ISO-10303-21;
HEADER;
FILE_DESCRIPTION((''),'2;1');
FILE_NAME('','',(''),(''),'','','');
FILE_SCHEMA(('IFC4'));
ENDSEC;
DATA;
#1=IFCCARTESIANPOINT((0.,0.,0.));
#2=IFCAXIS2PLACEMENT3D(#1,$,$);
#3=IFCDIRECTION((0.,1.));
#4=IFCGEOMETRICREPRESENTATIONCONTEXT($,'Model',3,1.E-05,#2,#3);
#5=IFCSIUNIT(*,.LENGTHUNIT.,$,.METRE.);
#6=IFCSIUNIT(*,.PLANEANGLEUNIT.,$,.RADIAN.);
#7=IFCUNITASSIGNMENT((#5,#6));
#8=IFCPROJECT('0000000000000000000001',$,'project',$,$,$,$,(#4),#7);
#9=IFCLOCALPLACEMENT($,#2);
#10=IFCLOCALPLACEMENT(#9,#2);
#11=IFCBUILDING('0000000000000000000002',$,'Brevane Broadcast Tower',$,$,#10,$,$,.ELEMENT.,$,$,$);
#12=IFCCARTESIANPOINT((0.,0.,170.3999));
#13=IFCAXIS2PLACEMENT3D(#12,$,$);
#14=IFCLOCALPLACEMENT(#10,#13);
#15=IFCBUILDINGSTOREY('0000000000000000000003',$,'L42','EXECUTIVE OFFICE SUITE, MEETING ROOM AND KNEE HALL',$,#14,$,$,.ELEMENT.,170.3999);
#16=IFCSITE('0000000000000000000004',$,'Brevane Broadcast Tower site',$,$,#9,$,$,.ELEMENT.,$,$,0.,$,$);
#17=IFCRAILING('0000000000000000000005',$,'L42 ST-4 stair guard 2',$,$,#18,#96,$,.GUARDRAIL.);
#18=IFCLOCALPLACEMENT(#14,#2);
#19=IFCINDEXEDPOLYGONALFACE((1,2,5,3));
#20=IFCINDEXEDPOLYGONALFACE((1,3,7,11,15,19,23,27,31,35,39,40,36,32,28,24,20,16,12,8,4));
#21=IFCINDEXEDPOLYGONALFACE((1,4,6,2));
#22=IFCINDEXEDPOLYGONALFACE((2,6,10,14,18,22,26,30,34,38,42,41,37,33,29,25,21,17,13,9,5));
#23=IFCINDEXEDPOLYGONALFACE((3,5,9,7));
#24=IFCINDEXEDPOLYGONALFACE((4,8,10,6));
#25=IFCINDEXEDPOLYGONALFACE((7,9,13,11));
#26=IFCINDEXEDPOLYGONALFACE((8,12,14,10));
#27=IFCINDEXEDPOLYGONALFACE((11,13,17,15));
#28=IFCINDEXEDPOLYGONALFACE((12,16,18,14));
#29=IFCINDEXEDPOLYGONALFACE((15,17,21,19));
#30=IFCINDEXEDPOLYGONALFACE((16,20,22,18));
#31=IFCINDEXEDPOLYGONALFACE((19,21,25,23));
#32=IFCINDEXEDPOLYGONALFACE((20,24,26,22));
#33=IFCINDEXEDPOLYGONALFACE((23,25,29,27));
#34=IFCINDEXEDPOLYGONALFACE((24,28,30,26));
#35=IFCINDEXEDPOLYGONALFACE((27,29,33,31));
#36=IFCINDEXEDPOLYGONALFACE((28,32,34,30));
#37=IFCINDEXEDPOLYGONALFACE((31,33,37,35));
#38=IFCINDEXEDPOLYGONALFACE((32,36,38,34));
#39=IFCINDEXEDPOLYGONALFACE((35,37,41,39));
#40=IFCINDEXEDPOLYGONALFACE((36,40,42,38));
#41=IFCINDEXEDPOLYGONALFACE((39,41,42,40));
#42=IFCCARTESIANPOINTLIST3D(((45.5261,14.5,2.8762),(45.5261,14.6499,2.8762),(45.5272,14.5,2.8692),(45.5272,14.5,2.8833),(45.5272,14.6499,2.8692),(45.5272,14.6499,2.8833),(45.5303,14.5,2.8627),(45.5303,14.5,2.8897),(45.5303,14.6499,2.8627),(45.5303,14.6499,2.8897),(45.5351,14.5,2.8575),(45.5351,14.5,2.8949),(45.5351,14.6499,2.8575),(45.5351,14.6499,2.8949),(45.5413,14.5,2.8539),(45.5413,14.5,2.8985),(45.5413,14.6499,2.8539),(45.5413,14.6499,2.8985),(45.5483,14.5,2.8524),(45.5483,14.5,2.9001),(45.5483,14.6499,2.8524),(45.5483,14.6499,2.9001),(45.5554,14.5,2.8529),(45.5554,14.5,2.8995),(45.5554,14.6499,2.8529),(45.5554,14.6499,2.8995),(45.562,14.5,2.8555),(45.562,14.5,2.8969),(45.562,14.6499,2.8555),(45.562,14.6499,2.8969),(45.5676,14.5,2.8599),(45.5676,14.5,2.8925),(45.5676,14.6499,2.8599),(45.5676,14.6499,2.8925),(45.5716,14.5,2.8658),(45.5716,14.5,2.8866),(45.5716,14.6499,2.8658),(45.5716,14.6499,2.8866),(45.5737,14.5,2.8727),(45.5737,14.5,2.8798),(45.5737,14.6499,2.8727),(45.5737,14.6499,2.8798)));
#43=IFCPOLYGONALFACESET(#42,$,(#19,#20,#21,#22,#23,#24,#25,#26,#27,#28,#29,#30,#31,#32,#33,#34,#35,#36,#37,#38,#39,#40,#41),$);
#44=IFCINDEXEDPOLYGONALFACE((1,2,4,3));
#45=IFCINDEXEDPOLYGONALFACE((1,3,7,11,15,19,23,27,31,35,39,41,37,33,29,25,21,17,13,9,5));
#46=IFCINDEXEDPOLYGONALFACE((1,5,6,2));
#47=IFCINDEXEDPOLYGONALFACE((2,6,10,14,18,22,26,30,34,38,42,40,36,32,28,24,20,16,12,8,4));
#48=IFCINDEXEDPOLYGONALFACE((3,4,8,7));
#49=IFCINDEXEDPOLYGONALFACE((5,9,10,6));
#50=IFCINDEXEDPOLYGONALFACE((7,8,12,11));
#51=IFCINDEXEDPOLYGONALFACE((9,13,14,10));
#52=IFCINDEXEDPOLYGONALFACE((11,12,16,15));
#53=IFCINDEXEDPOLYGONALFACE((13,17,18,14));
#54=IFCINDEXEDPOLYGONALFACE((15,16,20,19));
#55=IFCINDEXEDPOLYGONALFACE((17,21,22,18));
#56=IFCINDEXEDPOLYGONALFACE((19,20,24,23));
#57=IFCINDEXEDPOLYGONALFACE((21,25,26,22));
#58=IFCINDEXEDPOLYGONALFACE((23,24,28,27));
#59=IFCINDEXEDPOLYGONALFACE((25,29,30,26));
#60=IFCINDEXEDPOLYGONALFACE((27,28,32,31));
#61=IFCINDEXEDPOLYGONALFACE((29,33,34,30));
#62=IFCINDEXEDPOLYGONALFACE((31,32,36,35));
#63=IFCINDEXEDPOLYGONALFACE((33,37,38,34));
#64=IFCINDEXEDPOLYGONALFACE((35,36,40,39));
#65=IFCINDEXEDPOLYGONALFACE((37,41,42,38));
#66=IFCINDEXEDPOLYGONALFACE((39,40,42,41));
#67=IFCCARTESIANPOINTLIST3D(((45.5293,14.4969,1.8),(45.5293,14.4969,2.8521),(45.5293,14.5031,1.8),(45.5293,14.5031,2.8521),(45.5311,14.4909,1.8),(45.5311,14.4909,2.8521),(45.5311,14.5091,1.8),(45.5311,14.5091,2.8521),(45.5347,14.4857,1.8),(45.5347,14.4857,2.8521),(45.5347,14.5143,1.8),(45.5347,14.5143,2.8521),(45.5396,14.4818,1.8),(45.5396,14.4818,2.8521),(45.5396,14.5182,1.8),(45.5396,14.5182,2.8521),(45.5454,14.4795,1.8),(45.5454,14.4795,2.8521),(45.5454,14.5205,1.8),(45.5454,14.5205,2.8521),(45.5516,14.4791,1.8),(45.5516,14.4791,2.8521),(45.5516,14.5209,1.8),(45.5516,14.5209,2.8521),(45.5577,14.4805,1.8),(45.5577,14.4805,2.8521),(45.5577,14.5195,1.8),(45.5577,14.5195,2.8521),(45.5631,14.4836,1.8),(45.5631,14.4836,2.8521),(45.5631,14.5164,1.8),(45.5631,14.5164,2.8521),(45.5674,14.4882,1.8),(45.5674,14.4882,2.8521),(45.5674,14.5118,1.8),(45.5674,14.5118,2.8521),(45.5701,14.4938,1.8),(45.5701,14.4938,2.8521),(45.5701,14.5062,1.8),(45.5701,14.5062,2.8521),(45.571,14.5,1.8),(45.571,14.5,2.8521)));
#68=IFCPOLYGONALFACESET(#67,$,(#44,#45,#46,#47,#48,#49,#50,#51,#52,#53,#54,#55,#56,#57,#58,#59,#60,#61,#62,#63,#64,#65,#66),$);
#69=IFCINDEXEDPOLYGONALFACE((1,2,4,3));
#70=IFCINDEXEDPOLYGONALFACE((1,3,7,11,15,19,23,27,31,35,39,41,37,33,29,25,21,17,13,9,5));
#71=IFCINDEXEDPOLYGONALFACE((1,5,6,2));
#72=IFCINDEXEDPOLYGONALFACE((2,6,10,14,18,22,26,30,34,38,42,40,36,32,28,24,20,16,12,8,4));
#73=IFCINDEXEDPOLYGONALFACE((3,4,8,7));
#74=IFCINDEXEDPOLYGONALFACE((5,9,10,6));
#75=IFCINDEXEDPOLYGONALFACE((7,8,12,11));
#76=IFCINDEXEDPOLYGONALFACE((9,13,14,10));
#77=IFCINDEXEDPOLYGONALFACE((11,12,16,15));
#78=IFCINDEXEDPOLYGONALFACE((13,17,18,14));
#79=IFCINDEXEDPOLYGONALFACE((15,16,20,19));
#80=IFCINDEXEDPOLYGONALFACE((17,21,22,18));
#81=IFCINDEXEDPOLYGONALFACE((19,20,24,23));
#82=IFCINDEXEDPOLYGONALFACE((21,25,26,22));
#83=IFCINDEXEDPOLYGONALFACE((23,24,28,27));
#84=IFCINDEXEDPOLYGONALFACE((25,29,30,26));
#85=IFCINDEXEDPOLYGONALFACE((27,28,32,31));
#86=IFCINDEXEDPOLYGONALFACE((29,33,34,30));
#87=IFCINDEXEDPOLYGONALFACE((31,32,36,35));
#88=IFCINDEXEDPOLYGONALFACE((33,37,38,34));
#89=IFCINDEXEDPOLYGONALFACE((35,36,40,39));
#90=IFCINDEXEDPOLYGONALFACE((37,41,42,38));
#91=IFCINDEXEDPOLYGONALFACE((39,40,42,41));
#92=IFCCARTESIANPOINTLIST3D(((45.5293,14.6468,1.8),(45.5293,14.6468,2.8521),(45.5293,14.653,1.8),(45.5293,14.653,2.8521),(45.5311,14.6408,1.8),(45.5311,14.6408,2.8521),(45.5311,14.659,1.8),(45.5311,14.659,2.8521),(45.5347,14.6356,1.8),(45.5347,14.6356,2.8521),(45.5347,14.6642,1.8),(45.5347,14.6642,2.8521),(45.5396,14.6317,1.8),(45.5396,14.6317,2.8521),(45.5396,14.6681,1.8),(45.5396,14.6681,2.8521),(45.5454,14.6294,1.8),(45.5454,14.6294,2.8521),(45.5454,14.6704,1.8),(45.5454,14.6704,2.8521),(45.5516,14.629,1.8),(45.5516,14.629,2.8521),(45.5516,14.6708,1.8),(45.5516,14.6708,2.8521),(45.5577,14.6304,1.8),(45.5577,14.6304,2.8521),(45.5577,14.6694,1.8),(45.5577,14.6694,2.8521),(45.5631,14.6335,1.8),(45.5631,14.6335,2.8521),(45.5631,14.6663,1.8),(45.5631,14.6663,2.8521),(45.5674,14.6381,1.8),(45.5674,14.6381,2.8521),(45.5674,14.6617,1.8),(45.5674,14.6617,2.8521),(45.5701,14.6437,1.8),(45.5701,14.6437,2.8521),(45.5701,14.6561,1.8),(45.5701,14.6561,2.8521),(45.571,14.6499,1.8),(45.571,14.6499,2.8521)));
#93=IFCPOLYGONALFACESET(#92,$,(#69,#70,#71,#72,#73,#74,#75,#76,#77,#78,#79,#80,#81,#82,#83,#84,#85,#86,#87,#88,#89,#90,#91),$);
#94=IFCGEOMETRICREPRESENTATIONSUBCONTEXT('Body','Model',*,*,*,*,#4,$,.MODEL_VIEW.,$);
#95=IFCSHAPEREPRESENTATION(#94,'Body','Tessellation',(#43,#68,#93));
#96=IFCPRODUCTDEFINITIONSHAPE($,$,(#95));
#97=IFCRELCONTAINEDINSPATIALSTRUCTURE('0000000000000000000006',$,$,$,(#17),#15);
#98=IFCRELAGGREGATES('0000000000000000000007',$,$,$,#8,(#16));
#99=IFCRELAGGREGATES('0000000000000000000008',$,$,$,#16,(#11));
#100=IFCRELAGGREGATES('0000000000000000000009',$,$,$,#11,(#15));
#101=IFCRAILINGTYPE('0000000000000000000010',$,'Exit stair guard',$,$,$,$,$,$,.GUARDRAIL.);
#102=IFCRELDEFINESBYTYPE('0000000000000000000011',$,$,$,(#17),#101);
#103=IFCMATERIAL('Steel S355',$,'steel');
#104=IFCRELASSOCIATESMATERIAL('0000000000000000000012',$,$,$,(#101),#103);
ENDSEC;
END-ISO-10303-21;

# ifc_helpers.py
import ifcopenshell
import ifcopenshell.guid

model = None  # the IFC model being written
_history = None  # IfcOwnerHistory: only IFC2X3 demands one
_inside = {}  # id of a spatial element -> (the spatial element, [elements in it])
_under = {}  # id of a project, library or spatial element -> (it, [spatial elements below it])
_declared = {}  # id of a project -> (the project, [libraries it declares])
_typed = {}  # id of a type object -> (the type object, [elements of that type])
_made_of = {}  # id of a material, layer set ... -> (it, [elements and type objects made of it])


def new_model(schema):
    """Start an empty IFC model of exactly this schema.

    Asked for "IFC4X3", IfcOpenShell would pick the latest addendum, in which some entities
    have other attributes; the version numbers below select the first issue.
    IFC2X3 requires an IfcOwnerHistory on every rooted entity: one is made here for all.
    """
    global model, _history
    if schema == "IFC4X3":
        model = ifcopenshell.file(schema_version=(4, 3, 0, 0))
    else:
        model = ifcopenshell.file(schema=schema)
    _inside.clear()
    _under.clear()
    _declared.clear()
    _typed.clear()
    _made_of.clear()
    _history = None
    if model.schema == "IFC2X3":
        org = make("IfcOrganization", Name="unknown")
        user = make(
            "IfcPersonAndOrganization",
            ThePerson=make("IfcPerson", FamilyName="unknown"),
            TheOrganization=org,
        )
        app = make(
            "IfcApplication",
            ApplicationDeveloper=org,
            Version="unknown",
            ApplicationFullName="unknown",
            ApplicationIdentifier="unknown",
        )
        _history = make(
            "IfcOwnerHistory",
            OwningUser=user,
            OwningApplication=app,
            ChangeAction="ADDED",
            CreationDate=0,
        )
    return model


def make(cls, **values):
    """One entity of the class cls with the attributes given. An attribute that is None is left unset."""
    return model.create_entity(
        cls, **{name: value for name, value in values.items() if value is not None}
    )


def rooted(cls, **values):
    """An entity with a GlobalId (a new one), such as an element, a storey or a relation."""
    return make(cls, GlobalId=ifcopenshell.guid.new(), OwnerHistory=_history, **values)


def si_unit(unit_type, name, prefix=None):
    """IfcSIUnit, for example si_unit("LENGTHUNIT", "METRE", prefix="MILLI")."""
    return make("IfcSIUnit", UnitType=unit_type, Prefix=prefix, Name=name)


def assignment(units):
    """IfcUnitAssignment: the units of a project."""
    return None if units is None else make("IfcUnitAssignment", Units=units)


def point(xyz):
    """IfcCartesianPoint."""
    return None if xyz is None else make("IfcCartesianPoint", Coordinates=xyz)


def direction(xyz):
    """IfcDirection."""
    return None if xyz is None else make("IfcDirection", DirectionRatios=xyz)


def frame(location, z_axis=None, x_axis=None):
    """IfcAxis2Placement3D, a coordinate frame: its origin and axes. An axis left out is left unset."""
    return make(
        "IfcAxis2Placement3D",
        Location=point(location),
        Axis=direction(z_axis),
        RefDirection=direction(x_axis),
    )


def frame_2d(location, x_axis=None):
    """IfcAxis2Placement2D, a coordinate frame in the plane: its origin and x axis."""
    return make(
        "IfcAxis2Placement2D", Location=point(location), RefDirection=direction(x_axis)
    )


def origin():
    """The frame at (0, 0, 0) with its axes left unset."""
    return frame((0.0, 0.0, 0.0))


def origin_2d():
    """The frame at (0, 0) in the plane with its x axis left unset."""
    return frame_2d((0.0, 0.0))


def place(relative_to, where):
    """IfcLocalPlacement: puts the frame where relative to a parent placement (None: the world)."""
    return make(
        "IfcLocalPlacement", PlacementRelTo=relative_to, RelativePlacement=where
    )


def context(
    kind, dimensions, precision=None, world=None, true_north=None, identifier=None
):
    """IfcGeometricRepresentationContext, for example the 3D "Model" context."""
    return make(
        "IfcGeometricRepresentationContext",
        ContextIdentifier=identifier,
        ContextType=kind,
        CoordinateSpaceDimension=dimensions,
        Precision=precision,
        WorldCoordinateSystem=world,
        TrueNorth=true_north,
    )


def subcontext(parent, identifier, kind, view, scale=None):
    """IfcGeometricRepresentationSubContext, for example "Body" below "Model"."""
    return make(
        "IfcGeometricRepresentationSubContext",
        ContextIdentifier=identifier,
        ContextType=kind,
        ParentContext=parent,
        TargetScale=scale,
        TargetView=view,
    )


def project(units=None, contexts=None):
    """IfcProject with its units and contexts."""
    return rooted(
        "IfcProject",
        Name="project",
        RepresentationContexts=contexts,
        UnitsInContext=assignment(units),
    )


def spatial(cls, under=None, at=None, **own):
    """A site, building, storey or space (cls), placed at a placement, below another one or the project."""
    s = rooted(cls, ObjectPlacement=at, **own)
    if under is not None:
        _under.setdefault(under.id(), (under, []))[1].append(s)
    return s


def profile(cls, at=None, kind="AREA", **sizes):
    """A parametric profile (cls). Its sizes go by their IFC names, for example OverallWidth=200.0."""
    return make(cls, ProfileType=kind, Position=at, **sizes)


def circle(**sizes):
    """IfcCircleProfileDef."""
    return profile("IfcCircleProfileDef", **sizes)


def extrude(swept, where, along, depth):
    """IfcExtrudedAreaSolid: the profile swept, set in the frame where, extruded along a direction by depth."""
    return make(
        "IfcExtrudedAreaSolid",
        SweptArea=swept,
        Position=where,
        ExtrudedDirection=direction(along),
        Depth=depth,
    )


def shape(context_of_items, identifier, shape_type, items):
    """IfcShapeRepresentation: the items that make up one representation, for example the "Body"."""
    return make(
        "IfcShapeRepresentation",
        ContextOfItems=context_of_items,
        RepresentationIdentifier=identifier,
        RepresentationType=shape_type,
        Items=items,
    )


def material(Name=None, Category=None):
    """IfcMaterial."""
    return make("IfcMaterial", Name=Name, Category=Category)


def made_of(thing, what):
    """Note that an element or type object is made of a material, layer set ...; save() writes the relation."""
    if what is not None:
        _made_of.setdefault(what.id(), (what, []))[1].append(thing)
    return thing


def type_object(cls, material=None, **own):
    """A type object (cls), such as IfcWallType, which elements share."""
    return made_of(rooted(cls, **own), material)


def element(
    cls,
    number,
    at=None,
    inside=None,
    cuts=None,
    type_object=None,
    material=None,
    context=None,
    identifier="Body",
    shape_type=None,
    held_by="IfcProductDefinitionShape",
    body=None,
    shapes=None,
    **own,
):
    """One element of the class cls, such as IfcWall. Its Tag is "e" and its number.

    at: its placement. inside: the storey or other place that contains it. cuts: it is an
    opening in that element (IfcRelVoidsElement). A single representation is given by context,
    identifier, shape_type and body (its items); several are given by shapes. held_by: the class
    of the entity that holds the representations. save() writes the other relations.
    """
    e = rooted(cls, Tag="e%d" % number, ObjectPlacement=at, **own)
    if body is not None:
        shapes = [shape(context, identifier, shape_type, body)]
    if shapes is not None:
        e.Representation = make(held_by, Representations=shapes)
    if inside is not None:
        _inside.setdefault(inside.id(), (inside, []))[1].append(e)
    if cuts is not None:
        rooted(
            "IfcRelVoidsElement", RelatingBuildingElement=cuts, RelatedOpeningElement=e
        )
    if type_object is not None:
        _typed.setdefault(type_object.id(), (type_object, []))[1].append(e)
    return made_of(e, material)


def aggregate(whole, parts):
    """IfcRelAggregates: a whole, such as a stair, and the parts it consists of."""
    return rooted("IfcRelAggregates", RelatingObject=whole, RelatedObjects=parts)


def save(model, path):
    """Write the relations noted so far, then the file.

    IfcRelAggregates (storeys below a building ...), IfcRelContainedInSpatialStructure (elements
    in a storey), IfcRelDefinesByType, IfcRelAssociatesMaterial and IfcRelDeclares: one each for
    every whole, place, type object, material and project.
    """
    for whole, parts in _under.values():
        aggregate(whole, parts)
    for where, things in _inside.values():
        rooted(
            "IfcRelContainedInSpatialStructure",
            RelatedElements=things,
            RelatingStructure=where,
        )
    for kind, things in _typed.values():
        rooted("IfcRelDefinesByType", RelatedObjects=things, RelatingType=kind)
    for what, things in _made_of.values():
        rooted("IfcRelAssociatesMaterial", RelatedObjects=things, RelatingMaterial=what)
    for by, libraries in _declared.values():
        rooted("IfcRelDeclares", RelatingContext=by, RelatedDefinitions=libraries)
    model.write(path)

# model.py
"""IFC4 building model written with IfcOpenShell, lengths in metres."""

from ifc_helpers import new_model, si_unit, direction, frame, origin, origin_2d, place, context, subcontext, project, spatial, circle, extrude, material, type_object, element, save


model = new_model("IFC4")

# Units and contexts
model_context = context("Model", 3, precision=1e-05, world=origin(), true_north=direction((0.0, 1.0)))
body_context = subcontext(model_context, "Body", "Model", "MODEL_VIEW")
ifc_project = project(units=[si_unit("LENGTHUNIT", "METRE"), si_unit("PLANEANGLEUNIT", "RADIAN")], contexts=[model_context])

# Site, building, storey
site_placement = place(None, origin())
site = spatial("IfcSite", under=ifc_project, at=site_placement, Name="Brevane Broadcast Tower site", CompositionType="ELEMENT", RefElevation=0.0)
building_placement = place(site_placement, origin())
building = spatial("IfcBuilding", under=site, at=building_placement, Name="Brevane Broadcast Tower", CompositionType="ELEMENT")
storey_placement = place(building_placement, frame((0.0, 0.0, 170.3999)))
storey = spatial("IfcBuildingStorey", under=building, at=storey_placement, Name="L42", Description="EXECUTIVE OFFICE SUITE, MEETING ROOM AND KNEE HALL", CompositionType="ELEMENT", Elevation=170.3999)

# Railing
ifc_material_1 = material(Name="Steel S355", Category="steel")
railing_type_1 = type_object("IfcRailingType", Name="Exit stair guard", PredefinedType="GUARDRAIL", material=ifc_material_1)
railing_1_placement = place(storey_placement, frame((45.55, 14.5, 1.8)))
element("IfcRailing", 1, at=railing_1_placement, inside=storey, type_object=railing_type_1, Name="L42 ST-4 stair guard 2", PredefinedType="GUARDRAIL", context=body_context, shape_type="SweptSolid", body=[
    extrude(circle(Radius=0.0239, at=origin_2d()), frame((0.0, 0.0, 1.0762), z_axis=(0.0, 1.0, 0.0), x_axis=(-1.0, 0.0, 0.0)), (0.0, 0.0, 1.0), 0.1499),
    extrude(circle(Radius=0.021, at=origin_2d()), origin(), (0.0, 0.0, 1.0), 1.052),
    extrude(circle(Radius=0.021, at=origin_2d()), frame((0.0, 0.1499, 0.0)), (0.0, 0.0, 1.0), 1.052),
])

save(model, "model.ifc")
